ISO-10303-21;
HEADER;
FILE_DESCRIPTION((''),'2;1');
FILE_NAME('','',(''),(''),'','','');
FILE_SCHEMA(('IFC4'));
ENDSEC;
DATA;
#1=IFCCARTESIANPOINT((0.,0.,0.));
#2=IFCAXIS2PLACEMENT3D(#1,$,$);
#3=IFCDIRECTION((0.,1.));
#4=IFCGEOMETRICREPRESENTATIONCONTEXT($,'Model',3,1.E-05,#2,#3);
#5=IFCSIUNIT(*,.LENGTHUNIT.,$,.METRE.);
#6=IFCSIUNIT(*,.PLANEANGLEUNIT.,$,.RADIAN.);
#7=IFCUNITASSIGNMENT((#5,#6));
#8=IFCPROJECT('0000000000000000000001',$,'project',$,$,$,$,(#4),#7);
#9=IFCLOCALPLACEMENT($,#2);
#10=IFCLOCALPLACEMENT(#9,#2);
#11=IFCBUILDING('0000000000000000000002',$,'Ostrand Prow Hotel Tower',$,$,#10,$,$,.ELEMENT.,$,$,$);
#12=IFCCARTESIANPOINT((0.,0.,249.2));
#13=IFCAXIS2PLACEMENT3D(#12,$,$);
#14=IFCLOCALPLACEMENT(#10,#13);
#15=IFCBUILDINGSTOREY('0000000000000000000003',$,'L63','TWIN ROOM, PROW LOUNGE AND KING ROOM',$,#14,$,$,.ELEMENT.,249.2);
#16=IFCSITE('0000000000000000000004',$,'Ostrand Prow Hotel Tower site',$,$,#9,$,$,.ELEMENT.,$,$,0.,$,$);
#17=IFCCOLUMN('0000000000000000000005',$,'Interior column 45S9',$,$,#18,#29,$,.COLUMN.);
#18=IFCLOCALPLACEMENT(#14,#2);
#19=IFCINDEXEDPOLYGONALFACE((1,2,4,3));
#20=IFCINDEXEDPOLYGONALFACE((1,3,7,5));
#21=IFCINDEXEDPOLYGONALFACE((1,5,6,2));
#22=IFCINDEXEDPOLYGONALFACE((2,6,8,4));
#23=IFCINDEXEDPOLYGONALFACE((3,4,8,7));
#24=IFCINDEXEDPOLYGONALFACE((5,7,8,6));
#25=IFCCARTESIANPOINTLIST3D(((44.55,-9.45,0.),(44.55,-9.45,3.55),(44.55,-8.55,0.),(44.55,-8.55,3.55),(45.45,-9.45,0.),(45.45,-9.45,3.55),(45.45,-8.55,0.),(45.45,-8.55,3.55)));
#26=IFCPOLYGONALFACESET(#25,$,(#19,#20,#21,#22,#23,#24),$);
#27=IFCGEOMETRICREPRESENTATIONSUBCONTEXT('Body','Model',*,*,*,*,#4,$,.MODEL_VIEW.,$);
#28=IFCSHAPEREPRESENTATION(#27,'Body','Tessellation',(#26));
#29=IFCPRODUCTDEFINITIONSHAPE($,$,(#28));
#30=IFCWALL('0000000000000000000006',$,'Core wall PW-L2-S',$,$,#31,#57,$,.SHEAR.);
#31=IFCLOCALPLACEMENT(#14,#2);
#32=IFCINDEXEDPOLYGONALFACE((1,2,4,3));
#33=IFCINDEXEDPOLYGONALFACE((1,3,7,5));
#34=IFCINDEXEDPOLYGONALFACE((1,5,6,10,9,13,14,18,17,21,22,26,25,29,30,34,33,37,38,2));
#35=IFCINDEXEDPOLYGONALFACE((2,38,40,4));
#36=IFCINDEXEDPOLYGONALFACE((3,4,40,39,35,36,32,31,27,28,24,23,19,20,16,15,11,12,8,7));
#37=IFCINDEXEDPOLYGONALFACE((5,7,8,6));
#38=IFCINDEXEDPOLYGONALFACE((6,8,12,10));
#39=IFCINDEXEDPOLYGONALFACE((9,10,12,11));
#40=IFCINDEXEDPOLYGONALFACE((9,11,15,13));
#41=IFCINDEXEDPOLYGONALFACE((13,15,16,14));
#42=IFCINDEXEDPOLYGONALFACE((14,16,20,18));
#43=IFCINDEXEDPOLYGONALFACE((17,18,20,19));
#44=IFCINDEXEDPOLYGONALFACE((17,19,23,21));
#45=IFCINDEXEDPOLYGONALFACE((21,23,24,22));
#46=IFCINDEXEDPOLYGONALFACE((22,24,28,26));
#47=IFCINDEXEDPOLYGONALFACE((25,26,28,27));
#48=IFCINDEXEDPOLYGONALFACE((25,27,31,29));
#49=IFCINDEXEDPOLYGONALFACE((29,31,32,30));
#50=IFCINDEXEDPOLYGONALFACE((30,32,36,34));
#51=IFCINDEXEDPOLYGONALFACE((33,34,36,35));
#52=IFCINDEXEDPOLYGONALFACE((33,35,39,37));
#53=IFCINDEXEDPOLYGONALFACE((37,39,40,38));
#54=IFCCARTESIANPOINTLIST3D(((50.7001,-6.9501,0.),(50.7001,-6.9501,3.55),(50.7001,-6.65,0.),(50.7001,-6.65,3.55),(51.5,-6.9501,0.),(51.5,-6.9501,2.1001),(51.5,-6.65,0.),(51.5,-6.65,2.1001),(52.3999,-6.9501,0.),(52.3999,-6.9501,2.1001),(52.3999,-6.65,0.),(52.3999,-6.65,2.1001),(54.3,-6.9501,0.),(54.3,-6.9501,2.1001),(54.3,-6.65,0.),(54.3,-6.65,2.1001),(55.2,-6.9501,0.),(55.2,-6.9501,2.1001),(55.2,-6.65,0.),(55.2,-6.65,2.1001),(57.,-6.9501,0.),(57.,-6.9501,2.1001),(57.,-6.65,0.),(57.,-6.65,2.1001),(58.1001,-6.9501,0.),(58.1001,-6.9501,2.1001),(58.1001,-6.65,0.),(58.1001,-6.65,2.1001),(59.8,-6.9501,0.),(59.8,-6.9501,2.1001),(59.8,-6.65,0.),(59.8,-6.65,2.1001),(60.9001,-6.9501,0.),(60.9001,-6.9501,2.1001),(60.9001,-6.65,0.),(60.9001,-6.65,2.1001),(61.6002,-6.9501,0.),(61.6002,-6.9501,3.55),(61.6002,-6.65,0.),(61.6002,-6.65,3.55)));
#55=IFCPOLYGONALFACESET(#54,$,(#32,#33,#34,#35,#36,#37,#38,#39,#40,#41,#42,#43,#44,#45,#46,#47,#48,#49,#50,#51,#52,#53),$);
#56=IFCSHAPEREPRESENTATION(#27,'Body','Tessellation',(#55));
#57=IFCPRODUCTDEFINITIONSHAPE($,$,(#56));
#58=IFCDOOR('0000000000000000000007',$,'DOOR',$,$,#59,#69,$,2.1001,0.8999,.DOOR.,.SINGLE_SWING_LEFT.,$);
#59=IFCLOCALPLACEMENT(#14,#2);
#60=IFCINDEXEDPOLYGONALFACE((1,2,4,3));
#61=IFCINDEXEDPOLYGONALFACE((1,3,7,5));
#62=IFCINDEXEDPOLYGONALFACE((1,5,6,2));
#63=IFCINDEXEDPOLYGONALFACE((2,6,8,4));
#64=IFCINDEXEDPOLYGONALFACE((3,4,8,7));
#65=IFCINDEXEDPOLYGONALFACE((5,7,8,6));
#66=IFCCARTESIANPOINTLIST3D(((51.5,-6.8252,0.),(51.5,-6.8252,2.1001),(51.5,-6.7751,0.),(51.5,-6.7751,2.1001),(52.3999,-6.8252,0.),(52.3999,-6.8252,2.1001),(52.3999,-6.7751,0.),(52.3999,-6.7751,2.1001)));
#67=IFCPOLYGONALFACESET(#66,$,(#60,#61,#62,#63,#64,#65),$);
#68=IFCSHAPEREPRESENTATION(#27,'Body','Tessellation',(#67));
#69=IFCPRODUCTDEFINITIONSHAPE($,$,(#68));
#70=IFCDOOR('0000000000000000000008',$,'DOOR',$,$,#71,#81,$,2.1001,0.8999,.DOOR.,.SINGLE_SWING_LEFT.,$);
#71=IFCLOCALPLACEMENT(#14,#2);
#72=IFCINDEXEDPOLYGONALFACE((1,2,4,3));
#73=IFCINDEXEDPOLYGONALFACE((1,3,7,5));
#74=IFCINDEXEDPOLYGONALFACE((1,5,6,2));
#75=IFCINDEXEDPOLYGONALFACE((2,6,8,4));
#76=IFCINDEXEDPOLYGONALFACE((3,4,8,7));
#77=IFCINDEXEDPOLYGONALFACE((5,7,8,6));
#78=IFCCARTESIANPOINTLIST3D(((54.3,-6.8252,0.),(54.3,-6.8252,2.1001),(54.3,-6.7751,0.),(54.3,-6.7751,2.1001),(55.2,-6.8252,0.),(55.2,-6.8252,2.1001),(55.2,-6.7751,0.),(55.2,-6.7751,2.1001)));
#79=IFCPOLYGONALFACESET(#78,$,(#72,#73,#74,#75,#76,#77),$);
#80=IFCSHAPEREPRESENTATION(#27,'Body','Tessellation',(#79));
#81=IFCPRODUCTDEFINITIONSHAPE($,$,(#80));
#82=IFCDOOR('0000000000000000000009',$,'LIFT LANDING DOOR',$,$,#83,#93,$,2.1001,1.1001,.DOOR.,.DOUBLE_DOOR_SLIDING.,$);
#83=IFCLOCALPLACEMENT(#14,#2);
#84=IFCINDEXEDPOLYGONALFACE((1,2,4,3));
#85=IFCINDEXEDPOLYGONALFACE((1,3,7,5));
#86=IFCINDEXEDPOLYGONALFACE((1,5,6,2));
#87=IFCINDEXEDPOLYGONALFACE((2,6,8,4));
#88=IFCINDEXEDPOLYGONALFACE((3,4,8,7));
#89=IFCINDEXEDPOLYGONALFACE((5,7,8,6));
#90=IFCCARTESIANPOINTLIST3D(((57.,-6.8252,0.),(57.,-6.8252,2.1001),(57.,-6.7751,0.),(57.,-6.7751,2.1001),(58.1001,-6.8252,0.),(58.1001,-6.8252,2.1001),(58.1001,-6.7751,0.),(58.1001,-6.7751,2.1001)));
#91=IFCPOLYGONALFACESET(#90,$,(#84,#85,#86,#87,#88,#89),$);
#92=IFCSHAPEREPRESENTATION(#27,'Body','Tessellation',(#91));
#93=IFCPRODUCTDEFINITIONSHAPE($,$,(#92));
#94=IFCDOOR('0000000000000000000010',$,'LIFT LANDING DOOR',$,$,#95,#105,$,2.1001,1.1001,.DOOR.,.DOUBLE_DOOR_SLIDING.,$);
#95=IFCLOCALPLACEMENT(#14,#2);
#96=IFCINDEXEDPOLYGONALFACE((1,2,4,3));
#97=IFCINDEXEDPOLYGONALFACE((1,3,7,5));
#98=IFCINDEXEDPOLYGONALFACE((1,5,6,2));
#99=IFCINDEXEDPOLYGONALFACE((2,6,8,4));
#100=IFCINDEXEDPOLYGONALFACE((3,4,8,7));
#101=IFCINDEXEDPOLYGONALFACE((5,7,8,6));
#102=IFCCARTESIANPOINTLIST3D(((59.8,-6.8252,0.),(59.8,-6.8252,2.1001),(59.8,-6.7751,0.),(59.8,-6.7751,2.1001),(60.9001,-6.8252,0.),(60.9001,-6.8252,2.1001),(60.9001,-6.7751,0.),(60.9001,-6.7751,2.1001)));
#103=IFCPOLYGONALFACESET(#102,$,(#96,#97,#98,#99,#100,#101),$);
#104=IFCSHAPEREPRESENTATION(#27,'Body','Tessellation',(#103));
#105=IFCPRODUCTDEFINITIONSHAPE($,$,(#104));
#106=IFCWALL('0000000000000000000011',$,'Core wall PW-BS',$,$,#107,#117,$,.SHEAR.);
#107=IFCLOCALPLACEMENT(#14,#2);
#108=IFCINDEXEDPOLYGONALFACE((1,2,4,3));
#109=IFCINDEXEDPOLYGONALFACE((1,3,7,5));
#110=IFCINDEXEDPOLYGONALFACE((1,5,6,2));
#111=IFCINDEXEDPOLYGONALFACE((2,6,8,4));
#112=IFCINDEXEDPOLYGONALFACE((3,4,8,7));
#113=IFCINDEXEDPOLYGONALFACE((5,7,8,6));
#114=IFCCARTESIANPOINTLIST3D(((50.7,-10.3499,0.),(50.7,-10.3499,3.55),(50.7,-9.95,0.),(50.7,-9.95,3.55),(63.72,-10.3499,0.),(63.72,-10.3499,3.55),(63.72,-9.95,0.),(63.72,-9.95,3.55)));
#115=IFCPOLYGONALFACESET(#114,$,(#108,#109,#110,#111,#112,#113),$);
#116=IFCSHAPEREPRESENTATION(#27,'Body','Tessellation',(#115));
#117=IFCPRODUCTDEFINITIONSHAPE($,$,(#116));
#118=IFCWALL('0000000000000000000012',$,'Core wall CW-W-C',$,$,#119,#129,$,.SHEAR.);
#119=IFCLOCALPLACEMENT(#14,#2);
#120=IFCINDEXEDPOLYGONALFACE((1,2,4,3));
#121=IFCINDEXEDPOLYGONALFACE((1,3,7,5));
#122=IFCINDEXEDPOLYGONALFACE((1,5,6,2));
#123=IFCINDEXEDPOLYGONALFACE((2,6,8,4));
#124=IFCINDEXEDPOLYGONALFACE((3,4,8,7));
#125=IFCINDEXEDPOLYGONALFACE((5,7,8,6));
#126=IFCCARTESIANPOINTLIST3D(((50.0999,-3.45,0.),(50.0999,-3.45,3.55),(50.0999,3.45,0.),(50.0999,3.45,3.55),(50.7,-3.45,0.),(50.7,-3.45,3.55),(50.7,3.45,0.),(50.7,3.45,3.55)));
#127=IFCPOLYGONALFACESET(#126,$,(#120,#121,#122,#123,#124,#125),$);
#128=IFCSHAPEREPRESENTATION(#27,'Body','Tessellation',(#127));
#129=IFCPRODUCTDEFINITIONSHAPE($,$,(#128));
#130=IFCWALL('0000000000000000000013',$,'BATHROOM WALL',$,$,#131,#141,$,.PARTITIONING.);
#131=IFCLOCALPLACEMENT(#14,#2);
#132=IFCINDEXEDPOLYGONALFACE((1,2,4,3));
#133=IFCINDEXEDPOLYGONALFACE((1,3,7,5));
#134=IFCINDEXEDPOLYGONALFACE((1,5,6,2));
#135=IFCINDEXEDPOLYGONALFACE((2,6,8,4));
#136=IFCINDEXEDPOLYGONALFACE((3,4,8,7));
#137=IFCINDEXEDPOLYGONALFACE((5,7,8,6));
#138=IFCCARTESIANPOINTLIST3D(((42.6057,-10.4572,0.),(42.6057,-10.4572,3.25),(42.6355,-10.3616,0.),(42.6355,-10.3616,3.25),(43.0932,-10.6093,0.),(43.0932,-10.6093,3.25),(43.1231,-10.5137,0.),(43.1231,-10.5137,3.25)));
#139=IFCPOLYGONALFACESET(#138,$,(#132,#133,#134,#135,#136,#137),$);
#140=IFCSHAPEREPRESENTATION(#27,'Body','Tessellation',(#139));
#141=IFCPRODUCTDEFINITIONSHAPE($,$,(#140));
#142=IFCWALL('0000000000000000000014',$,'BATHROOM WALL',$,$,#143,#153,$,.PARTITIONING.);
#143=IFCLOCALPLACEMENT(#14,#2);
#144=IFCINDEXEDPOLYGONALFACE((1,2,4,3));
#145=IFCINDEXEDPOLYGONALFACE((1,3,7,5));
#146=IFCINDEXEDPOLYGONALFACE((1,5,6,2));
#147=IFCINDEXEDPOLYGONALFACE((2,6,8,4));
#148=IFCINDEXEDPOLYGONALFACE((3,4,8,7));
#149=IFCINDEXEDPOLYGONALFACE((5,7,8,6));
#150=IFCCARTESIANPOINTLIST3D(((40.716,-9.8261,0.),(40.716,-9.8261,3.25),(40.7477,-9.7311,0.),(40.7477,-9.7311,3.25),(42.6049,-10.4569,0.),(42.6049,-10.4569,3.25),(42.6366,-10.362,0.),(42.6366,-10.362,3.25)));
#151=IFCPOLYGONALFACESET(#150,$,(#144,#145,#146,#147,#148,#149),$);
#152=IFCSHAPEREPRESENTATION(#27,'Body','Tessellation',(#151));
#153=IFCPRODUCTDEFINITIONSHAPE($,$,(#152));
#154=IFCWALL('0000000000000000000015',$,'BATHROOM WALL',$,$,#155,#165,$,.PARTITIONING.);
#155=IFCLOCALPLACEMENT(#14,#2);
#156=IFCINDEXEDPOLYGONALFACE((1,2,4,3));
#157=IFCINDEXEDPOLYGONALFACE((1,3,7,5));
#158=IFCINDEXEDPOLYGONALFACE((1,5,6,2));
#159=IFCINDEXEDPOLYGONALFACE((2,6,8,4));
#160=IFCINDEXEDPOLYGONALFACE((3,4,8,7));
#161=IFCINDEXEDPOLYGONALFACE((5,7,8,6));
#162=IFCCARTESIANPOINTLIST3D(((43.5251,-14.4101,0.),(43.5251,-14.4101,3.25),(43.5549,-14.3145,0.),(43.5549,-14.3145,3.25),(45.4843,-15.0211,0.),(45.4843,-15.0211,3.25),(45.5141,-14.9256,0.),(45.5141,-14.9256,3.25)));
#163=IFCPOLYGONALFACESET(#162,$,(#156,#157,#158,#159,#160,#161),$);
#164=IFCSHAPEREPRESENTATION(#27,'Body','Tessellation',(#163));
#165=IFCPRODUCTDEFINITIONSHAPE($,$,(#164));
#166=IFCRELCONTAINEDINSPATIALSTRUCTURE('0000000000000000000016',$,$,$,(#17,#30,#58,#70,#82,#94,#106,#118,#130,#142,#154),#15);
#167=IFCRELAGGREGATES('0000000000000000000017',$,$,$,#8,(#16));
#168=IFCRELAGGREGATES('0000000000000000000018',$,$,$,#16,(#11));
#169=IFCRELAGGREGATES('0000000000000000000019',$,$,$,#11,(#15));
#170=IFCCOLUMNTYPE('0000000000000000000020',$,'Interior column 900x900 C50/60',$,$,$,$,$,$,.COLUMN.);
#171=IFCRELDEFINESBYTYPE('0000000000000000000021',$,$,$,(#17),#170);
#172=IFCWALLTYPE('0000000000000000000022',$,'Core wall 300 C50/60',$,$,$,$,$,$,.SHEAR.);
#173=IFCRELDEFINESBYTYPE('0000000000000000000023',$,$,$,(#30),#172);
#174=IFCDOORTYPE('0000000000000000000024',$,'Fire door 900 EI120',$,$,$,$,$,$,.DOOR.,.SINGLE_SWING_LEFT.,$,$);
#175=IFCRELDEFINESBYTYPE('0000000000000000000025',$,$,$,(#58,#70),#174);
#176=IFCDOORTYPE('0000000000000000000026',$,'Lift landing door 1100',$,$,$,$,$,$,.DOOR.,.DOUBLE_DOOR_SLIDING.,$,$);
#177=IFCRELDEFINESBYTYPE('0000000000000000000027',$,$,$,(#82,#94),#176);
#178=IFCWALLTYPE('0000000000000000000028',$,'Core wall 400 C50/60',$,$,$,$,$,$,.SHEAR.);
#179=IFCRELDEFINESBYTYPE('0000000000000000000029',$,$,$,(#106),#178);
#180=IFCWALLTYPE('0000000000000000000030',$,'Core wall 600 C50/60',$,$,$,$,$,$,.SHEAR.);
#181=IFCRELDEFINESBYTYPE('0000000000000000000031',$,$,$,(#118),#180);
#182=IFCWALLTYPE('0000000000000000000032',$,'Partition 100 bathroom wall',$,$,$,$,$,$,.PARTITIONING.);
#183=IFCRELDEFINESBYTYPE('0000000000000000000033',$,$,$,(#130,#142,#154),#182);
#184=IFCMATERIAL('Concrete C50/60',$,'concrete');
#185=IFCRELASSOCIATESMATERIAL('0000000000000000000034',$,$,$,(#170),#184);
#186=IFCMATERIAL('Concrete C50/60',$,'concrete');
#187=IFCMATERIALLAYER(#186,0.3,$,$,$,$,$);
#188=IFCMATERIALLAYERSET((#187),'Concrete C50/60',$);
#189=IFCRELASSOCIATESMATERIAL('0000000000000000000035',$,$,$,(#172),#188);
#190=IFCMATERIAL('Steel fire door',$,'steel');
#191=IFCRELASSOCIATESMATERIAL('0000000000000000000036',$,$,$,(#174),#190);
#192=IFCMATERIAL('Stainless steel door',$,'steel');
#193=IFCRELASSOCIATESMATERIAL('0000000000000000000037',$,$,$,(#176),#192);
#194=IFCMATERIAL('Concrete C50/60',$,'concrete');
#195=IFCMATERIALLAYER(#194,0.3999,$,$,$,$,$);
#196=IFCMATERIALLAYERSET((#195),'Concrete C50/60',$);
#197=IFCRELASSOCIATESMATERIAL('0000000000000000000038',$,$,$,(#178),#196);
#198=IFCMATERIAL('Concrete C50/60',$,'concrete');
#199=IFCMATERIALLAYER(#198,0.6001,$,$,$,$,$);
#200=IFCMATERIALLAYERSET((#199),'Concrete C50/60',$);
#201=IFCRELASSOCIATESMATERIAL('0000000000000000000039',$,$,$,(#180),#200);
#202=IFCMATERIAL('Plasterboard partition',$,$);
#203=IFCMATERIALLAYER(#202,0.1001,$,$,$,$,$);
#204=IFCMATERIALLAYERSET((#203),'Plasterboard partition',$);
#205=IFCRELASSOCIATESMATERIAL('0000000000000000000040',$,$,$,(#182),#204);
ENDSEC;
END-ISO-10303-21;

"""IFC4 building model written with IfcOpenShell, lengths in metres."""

from ifc_helpers import new_model, si_unit, direction, frame, frame_2d, origin, origin_2d, place, context, subcontext, project, spatial, rectangle, extrude, material, layer, layer_set, material_profile, profile_set, type_object, element, fill, save


model = new_model("IFC4")

# Units and contexts
model_context = context("Model", 3, precision=1e-05, world=origin(), true_north=direction((0.0, 1.0)))
body_context = subcontext(model_context, "Body", "Model", "MODEL_VIEW")
ifc_project = project(units=[si_unit("LENGTHUNIT", "METRE"), si_unit("PLANEANGLEUNIT", "RADIAN")], contexts=[model_context])

# Site, building, storey
site_placement = place(None, origin())
site = spatial("IfcSite", under=ifc_project, at=site_placement, Name="Ostrand Prow Hotel Tower site", CompositionType="ELEMENT", RefElevation=0.0)
building_placement = place(site_placement, origin())
building = spatial("IfcBuilding", under=site, at=building_placement, Name="Ostrand Prow Hotel Tower", CompositionType="ELEMENT")
storey_placement = place(building_placement, frame((0.0, 0.0, 249.2)))
storey = spatial("IfcBuildingStorey", under=building, at=storey_placement, Name="L63", Description="TWIN ROOM, PROW LOUNGE AND KING ROOM", CompositionType="ELEMENT", Elevation=249.2)

# Column
ifc_material_1 = material(Name="Concrete C50/60", Category="concrete")
ifc_material_profile = material_profile(ifc_material_1, rectangle(XDim=0.8999, YDim=0.8999, at=origin_2d()), Name="RC 900x900")
ifc_profile_set = profile_set([ifc_material_profile], Name="Concrete C50/60")
column_type = type_object("IfcColumnType", Name="Interior column 900x900 C50/60", PredefinedType="COLUMN", material=ifc_profile_set)
column_placement = place(storey_placement, frame((45.0, -9.0, 0.0), z_axis=(0.0, 0.0, 1.0), x_axis=(1.0, 0.0, 0.0)))
element("IfcColumn", 1, at=column_placement, inside=storey, type_object=column_type, Name="Interior column 45S9", PredefinedType="COLUMN", context=body_context, shape_type="SweptSolid", body=[
    extrude(rectangle(XDim=0.8999, YDim=0.8999, at=origin_2d()), origin(), (0.0, 0.0, 1.0), 3.55),
])

# Wall, openings, doors
ifc_material_2 = material(Name="Concrete C50/60", Category="concrete")
ifc_layer_1 = layer(ifc_material_2, 0.3)
ifc_layer_set_1 = layer_set([ifc_layer_1], Name="Concrete C50/60")
wall_type_1 = type_object("IfcWallType", Name="Core wall 300 C50/60", PredefinedType="SHEAR", material=ifc_layer_set_1)
wall_1_placement = place(storey_placement, frame((50.7, -6.8, 0.0), z_axis=(0.0, 0.0, 1.0), x_axis=(1.0, 0.0, 0.0)))
wall_1 = element("IfcWall", 2, at=wall_1_placement, inside=storey, type_object=wall_type_1, Name="Core wall PW-L2-S", PredefinedType="SHEAR", context=body_context, shape_type="SweptSolid", body=[
    extrude(rectangle(XDim=10.9001, YDim=0.3, at=frame_2d((5.4502, 0.0))), origin(), (0.0, 0.0, 1.0), 3.55),
])
opening_1_placement = place(wall_1_placement, frame((6.3, 0.0, 0.0)))
opening_1 = element("IfcOpeningElement", 3, at=opening_1_placement, cuts=wall_1, PredefinedType="OPENING", context=body_context, shape_type="SweptSolid", body=[
    extrude(rectangle(XDim=1.1001, YDim=2.1001, at=frame_2d((0.55, 1.05))), frame((0.0, 0.1599, 0.0), z_axis=(0.0, -1.0, 0.0), x_axis=(1.0, 0.0, 0.0)), (0.0, 0.0, 1.0), 0.3201),
])
opening_2_placement = place(wall_1_placement, frame((9.1001, 0.0, 0.0)))
opening_2 = element("IfcOpeningElement", 4, at=opening_2_placement, cuts=wall_1, PredefinedType="OPENING", context=body_context, shape_type="SweptSolid", body=[
    extrude(rectangle(XDim=1.1001, YDim=2.1001, at=frame_2d((0.55, 1.05))), frame((0.0, 0.1599, 0.0), z_axis=(0.0, -1.0, 0.0), x_axis=(1.0, 0.0, 0.0)), (0.0, 0.0, 1.0), 0.3201),
])
opening_3_placement = place(wall_1_placement, frame((0.8, 0.0, 0.0)))
opening_3 = element("IfcOpeningElement", 5, at=opening_3_placement, cuts=wall_1, PredefinedType="OPENING", context=body_context, shape_type="SweptSolid", body=[
    extrude(rectangle(XDim=0.8999, YDim=2.1001, at=frame_2d((0.45, 1.05))), frame((0.0, 0.1599, 0.0), z_axis=(0.0, -1.0, 0.0), x_axis=(1.0, 0.0, 0.0)), (0.0, 0.0, 1.0), 0.3201),
])
opening_4_placement = place(wall_1_placement, frame((3.6001, 0.0, 0.0)))
opening_4 = element("IfcOpeningElement", 6, at=opening_4_placement, cuts=wall_1, PredefinedType="OPENING", context=body_context, shape_type="SweptSolid", body=[
    extrude(rectangle(XDim=0.8999, YDim=2.1001, at=frame_2d((0.45, 1.05))), frame((0.0, 0.1599, 0.0), z_axis=(0.0, -1.0, 0.0), x_axis=(1.0, 0.0, 0.0)), (0.0, 0.0, 1.0), 0.3201),
])
ifc_material_3 = material(Name="Steel fire door", Category="steel")
door_type_1 = type_object("IfcDoorType", Name="Fire door 900 EI120", OperationType="SINGLE_SWING_LEFT", PredefinedType="DOOR", material=ifc_material_3)
door_1_placement = place(opening_3_placement, origin())
door_1 = element("IfcDoor", 7, at=door_1_placement, inside=storey, type_object=door_type_1, Name="DOOR", OperationType="SINGLE_SWING_LEFT", OverallHeight=2.1001, OverallWidth=0.8999, PredefinedType="DOOR", context=body_context, shape_type="SweptSolid", body=[
    extrude(rectangle(XDim=0.8999, YDim=2.1001, at=frame_2d((0.45, 1.05))), frame((0.0, 0.0249, 0.0), z_axis=(0.0, -1.0, 0.0), x_axis=(1.0, 0.0, 0.0)), (0.0, 0.0, 1.0), 0.05),
])
fill(opening_3, door_1)
door_2_placement = place(opening_4_placement, origin())
door_2 = element("IfcDoor", 8, at=door_2_placement, inside=storey, type_object=door_type_1, Name="DOOR", OperationType="SINGLE_SWING_LEFT", OverallHeight=2.1001, OverallWidth=0.8999, PredefinedType="DOOR", context=body_context, shape_type="SweptSolid", body=[
    extrude(rectangle(XDim=0.8999, YDim=2.1001, at=frame_2d((0.45, 1.05))), frame((0.0, 0.0249, 0.0), z_axis=(0.0, -1.0, 0.0), x_axis=(1.0, 0.0, 0.0)), (0.0, 0.0, 1.0), 0.05),
])
fill(opening_4, door_2)
ifc_material_4 = material(Name="Stainless steel door", Category="steel")
door_type_2 = type_object("IfcDoorType", Name="Lift landing door 1100", OperationType="DOUBLE_DOOR_SLIDING", PredefinedType="DOOR", material=ifc_material_4)
door_3_placement = place(opening_1_placement, origin())
door_3 = element("IfcDoor", 9, at=door_3_placement, inside=storey, type_object=door_type_2, Name="LIFT LANDING DOOR", OperationType="DOUBLE_DOOR_SLIDING", OverallHeight=2.1001, OverallWidth=1.1001, PredefinedType="DOOR", context=body_context, shape_type="SweptSolid", body=[
    extrude(rectangle(XDim=1.1001, YDim=2.1001, at=frame_2d((0.55, 1.05))), frame((0.0, 0.0249, 0.0), z_axis=(0.0, -1.0, 0.0), x_axis=(1.0, 0.0, 0.0)), (0.0, 0.0, 1.0), 0.05),
])
fill(opening_1, door_3)
door_4_placement = place(opening_2_placement, origin())
door_4 = element("IfcDoor", 10, at=door_4_placement, inside=storey, type_object=door_type_2, Name="LIFT LANDING DOOR", OperationType="DOUBLE_DOOR_SLIDING", OverallHeight=2.1001, OverallWidth=1.1001, PredefinedType="DOOR", context=body_context, shape_type="SweptSolid", body=[
    extrude(rectangle(XDim=1.1001, YDim=2.1001, at=frame_2d((0.55, 1.05))), frame((0.0, 0.0249, 0.0), z_axis=(0.0, -1.0, 0.0), x_axis=(1.0, 0.0, 0.0)), (0.0, 0.0, 1.0), 0.05),
])
fill(opening_2, door_4)

# Walls
ifc_material_5 = material(Name="Concrete C50/60", Category="concrete")
ifc_layer_2 = layer(ifc_material_5, 0.3999)
ifc_layer_set_2 = layer_set([ifc_layer_2], Name="Concrete C50/60")
wall_type_2 = type_object("IfcWallType", Name="Core wall 400 C50/60", PredefinedType="SHEAR", material=ifc_layer_set_2)
wall_2_placement = place(storey_placement, frame((50.7, -10.1499, 0.0), z_axis=(0.0, 0.0, 1.0), x_axis=(1.0, 0.0, 0.0)))
element("IfcWall", 11, at=wall_2_placement, inside=storey, type_object=wall_type_2, Name="Core wall PW-BS", PredefinedType="SHEAR", context=body_context, shape_type="SweptSolid", body=[
    extrude(rectangle(XDim=13.02, YDim=0.3999, at=frame_2d((6.51, 0.0))), origin(), (0.0, 0.0, 1.0), 3.55),
])
ifc_material_6 = material(Name="Concrete C50/60", Category="concrete")
ifc_layer_3 = layer(ifc_material_6, 0.6001)
ifc_layer_set_3 = layer_set([ifc_layer_3], Name="Concrete C50/60")
wall_type_3 = type_object("IfcWallType", Name="Core wall 600 C50/60", PredefinedType="SHEAR", material=ifc_layer_set_3)
wall_3_placement = place(storey_placement, frame((50.3999, -3.45, 0.0), z_axis=(0.0, 0.0, 1.0), x_axis=(0.0, 1.0, 0.0)))
element("IfcWall", 12, at=wall_3_placement, inside=storey, type_object=wall_type_3, Name="Core wall CW-W-C", PredefinedType="SHEAR", context=body_context, shape_type="SweptSolid", body=[
    extrude(rectangle(XDim=6.8999, YDim=0.6001, at=frame_2d((3.45, 0.0))), origin(), (0.0, 0.0, 1.0), 3.55),
])
ifc_material_7 = material(Name="Plasterboard partition")
ifc_layer_4 = layer(ifc_material_7, 0.1001)
ifc_layer_set_4 = layer_set([ifc_layer_4], Name="Plasterboard partition")
wall_type_4 = type_object("IfcWallType", Name="Partition 100 bathroom wall", PredefinedType="PARTITIONING", material=ifc_layer_set_4)
wall_4_placement = place(storey_placement, frame((43.1082, -10.5615, 0.0), z_axis=(0.0, 0.0, 1.0), x_axis=(-0.954624, 0.297812, 0.0)))
element("IfcWall", 13, at=wall_4_placement, inside=storey, type_object=wall_type_4, Name="BATHROOM WALL", PredefinedType="PARTITIONING", context=body_context, shape_type="SweptSolid", body=[
    extrude(rectangle(XDim=0.5107, YDim=0.1001, at=frame_2d((0.2554, 0.0))), origin(), (0.0, 0.0, 1.0), 3.25),
])
wall_5_placement = place(storey_placement, frame((42.6206, -10.4094, 0.0), z_axis=(0.0, 0.0, 1.0), x_axis=(-0.948499, 0.316779, 0.0)))
element("IfcWall", 14, at=wall_5_placement, inside=storey, type_object=wall_type_4, Name="BATHROOM WALL", PredefinedType="PARTITIONING", context=body_context, shape_type="SweptSolid", body=[
    extrude(rectangle(XDim=1.9915, YDim=0.1001, at=frame_2d((0.9956, 0.0))), origin(), (0.0, 0.0, 1.0), 3.25),
])
wall_6_placement = place(storey_placement, frame((43.54, -14.3623, 0.0), z_axis=(0.0, 0.0, 1.0), x_axis=(0.954643, -0.297753, 0.0)))
element("IfcWall", 15, at=wall_6_placement, inside=storey, type_object=wall_type_4, Name="BATHROOM WALL", PredefinedType="PARTITIONING", context=body_context, shape_type="SweptSolid", body=[
    extrude(rectangle(XDim=2.0522, YDim=0.1001, at=frame_2d((1.0261, 0.0))), origin(), (0.0, 0.0, 1.0), 3.25),
])

save(model, "model.ifc")
